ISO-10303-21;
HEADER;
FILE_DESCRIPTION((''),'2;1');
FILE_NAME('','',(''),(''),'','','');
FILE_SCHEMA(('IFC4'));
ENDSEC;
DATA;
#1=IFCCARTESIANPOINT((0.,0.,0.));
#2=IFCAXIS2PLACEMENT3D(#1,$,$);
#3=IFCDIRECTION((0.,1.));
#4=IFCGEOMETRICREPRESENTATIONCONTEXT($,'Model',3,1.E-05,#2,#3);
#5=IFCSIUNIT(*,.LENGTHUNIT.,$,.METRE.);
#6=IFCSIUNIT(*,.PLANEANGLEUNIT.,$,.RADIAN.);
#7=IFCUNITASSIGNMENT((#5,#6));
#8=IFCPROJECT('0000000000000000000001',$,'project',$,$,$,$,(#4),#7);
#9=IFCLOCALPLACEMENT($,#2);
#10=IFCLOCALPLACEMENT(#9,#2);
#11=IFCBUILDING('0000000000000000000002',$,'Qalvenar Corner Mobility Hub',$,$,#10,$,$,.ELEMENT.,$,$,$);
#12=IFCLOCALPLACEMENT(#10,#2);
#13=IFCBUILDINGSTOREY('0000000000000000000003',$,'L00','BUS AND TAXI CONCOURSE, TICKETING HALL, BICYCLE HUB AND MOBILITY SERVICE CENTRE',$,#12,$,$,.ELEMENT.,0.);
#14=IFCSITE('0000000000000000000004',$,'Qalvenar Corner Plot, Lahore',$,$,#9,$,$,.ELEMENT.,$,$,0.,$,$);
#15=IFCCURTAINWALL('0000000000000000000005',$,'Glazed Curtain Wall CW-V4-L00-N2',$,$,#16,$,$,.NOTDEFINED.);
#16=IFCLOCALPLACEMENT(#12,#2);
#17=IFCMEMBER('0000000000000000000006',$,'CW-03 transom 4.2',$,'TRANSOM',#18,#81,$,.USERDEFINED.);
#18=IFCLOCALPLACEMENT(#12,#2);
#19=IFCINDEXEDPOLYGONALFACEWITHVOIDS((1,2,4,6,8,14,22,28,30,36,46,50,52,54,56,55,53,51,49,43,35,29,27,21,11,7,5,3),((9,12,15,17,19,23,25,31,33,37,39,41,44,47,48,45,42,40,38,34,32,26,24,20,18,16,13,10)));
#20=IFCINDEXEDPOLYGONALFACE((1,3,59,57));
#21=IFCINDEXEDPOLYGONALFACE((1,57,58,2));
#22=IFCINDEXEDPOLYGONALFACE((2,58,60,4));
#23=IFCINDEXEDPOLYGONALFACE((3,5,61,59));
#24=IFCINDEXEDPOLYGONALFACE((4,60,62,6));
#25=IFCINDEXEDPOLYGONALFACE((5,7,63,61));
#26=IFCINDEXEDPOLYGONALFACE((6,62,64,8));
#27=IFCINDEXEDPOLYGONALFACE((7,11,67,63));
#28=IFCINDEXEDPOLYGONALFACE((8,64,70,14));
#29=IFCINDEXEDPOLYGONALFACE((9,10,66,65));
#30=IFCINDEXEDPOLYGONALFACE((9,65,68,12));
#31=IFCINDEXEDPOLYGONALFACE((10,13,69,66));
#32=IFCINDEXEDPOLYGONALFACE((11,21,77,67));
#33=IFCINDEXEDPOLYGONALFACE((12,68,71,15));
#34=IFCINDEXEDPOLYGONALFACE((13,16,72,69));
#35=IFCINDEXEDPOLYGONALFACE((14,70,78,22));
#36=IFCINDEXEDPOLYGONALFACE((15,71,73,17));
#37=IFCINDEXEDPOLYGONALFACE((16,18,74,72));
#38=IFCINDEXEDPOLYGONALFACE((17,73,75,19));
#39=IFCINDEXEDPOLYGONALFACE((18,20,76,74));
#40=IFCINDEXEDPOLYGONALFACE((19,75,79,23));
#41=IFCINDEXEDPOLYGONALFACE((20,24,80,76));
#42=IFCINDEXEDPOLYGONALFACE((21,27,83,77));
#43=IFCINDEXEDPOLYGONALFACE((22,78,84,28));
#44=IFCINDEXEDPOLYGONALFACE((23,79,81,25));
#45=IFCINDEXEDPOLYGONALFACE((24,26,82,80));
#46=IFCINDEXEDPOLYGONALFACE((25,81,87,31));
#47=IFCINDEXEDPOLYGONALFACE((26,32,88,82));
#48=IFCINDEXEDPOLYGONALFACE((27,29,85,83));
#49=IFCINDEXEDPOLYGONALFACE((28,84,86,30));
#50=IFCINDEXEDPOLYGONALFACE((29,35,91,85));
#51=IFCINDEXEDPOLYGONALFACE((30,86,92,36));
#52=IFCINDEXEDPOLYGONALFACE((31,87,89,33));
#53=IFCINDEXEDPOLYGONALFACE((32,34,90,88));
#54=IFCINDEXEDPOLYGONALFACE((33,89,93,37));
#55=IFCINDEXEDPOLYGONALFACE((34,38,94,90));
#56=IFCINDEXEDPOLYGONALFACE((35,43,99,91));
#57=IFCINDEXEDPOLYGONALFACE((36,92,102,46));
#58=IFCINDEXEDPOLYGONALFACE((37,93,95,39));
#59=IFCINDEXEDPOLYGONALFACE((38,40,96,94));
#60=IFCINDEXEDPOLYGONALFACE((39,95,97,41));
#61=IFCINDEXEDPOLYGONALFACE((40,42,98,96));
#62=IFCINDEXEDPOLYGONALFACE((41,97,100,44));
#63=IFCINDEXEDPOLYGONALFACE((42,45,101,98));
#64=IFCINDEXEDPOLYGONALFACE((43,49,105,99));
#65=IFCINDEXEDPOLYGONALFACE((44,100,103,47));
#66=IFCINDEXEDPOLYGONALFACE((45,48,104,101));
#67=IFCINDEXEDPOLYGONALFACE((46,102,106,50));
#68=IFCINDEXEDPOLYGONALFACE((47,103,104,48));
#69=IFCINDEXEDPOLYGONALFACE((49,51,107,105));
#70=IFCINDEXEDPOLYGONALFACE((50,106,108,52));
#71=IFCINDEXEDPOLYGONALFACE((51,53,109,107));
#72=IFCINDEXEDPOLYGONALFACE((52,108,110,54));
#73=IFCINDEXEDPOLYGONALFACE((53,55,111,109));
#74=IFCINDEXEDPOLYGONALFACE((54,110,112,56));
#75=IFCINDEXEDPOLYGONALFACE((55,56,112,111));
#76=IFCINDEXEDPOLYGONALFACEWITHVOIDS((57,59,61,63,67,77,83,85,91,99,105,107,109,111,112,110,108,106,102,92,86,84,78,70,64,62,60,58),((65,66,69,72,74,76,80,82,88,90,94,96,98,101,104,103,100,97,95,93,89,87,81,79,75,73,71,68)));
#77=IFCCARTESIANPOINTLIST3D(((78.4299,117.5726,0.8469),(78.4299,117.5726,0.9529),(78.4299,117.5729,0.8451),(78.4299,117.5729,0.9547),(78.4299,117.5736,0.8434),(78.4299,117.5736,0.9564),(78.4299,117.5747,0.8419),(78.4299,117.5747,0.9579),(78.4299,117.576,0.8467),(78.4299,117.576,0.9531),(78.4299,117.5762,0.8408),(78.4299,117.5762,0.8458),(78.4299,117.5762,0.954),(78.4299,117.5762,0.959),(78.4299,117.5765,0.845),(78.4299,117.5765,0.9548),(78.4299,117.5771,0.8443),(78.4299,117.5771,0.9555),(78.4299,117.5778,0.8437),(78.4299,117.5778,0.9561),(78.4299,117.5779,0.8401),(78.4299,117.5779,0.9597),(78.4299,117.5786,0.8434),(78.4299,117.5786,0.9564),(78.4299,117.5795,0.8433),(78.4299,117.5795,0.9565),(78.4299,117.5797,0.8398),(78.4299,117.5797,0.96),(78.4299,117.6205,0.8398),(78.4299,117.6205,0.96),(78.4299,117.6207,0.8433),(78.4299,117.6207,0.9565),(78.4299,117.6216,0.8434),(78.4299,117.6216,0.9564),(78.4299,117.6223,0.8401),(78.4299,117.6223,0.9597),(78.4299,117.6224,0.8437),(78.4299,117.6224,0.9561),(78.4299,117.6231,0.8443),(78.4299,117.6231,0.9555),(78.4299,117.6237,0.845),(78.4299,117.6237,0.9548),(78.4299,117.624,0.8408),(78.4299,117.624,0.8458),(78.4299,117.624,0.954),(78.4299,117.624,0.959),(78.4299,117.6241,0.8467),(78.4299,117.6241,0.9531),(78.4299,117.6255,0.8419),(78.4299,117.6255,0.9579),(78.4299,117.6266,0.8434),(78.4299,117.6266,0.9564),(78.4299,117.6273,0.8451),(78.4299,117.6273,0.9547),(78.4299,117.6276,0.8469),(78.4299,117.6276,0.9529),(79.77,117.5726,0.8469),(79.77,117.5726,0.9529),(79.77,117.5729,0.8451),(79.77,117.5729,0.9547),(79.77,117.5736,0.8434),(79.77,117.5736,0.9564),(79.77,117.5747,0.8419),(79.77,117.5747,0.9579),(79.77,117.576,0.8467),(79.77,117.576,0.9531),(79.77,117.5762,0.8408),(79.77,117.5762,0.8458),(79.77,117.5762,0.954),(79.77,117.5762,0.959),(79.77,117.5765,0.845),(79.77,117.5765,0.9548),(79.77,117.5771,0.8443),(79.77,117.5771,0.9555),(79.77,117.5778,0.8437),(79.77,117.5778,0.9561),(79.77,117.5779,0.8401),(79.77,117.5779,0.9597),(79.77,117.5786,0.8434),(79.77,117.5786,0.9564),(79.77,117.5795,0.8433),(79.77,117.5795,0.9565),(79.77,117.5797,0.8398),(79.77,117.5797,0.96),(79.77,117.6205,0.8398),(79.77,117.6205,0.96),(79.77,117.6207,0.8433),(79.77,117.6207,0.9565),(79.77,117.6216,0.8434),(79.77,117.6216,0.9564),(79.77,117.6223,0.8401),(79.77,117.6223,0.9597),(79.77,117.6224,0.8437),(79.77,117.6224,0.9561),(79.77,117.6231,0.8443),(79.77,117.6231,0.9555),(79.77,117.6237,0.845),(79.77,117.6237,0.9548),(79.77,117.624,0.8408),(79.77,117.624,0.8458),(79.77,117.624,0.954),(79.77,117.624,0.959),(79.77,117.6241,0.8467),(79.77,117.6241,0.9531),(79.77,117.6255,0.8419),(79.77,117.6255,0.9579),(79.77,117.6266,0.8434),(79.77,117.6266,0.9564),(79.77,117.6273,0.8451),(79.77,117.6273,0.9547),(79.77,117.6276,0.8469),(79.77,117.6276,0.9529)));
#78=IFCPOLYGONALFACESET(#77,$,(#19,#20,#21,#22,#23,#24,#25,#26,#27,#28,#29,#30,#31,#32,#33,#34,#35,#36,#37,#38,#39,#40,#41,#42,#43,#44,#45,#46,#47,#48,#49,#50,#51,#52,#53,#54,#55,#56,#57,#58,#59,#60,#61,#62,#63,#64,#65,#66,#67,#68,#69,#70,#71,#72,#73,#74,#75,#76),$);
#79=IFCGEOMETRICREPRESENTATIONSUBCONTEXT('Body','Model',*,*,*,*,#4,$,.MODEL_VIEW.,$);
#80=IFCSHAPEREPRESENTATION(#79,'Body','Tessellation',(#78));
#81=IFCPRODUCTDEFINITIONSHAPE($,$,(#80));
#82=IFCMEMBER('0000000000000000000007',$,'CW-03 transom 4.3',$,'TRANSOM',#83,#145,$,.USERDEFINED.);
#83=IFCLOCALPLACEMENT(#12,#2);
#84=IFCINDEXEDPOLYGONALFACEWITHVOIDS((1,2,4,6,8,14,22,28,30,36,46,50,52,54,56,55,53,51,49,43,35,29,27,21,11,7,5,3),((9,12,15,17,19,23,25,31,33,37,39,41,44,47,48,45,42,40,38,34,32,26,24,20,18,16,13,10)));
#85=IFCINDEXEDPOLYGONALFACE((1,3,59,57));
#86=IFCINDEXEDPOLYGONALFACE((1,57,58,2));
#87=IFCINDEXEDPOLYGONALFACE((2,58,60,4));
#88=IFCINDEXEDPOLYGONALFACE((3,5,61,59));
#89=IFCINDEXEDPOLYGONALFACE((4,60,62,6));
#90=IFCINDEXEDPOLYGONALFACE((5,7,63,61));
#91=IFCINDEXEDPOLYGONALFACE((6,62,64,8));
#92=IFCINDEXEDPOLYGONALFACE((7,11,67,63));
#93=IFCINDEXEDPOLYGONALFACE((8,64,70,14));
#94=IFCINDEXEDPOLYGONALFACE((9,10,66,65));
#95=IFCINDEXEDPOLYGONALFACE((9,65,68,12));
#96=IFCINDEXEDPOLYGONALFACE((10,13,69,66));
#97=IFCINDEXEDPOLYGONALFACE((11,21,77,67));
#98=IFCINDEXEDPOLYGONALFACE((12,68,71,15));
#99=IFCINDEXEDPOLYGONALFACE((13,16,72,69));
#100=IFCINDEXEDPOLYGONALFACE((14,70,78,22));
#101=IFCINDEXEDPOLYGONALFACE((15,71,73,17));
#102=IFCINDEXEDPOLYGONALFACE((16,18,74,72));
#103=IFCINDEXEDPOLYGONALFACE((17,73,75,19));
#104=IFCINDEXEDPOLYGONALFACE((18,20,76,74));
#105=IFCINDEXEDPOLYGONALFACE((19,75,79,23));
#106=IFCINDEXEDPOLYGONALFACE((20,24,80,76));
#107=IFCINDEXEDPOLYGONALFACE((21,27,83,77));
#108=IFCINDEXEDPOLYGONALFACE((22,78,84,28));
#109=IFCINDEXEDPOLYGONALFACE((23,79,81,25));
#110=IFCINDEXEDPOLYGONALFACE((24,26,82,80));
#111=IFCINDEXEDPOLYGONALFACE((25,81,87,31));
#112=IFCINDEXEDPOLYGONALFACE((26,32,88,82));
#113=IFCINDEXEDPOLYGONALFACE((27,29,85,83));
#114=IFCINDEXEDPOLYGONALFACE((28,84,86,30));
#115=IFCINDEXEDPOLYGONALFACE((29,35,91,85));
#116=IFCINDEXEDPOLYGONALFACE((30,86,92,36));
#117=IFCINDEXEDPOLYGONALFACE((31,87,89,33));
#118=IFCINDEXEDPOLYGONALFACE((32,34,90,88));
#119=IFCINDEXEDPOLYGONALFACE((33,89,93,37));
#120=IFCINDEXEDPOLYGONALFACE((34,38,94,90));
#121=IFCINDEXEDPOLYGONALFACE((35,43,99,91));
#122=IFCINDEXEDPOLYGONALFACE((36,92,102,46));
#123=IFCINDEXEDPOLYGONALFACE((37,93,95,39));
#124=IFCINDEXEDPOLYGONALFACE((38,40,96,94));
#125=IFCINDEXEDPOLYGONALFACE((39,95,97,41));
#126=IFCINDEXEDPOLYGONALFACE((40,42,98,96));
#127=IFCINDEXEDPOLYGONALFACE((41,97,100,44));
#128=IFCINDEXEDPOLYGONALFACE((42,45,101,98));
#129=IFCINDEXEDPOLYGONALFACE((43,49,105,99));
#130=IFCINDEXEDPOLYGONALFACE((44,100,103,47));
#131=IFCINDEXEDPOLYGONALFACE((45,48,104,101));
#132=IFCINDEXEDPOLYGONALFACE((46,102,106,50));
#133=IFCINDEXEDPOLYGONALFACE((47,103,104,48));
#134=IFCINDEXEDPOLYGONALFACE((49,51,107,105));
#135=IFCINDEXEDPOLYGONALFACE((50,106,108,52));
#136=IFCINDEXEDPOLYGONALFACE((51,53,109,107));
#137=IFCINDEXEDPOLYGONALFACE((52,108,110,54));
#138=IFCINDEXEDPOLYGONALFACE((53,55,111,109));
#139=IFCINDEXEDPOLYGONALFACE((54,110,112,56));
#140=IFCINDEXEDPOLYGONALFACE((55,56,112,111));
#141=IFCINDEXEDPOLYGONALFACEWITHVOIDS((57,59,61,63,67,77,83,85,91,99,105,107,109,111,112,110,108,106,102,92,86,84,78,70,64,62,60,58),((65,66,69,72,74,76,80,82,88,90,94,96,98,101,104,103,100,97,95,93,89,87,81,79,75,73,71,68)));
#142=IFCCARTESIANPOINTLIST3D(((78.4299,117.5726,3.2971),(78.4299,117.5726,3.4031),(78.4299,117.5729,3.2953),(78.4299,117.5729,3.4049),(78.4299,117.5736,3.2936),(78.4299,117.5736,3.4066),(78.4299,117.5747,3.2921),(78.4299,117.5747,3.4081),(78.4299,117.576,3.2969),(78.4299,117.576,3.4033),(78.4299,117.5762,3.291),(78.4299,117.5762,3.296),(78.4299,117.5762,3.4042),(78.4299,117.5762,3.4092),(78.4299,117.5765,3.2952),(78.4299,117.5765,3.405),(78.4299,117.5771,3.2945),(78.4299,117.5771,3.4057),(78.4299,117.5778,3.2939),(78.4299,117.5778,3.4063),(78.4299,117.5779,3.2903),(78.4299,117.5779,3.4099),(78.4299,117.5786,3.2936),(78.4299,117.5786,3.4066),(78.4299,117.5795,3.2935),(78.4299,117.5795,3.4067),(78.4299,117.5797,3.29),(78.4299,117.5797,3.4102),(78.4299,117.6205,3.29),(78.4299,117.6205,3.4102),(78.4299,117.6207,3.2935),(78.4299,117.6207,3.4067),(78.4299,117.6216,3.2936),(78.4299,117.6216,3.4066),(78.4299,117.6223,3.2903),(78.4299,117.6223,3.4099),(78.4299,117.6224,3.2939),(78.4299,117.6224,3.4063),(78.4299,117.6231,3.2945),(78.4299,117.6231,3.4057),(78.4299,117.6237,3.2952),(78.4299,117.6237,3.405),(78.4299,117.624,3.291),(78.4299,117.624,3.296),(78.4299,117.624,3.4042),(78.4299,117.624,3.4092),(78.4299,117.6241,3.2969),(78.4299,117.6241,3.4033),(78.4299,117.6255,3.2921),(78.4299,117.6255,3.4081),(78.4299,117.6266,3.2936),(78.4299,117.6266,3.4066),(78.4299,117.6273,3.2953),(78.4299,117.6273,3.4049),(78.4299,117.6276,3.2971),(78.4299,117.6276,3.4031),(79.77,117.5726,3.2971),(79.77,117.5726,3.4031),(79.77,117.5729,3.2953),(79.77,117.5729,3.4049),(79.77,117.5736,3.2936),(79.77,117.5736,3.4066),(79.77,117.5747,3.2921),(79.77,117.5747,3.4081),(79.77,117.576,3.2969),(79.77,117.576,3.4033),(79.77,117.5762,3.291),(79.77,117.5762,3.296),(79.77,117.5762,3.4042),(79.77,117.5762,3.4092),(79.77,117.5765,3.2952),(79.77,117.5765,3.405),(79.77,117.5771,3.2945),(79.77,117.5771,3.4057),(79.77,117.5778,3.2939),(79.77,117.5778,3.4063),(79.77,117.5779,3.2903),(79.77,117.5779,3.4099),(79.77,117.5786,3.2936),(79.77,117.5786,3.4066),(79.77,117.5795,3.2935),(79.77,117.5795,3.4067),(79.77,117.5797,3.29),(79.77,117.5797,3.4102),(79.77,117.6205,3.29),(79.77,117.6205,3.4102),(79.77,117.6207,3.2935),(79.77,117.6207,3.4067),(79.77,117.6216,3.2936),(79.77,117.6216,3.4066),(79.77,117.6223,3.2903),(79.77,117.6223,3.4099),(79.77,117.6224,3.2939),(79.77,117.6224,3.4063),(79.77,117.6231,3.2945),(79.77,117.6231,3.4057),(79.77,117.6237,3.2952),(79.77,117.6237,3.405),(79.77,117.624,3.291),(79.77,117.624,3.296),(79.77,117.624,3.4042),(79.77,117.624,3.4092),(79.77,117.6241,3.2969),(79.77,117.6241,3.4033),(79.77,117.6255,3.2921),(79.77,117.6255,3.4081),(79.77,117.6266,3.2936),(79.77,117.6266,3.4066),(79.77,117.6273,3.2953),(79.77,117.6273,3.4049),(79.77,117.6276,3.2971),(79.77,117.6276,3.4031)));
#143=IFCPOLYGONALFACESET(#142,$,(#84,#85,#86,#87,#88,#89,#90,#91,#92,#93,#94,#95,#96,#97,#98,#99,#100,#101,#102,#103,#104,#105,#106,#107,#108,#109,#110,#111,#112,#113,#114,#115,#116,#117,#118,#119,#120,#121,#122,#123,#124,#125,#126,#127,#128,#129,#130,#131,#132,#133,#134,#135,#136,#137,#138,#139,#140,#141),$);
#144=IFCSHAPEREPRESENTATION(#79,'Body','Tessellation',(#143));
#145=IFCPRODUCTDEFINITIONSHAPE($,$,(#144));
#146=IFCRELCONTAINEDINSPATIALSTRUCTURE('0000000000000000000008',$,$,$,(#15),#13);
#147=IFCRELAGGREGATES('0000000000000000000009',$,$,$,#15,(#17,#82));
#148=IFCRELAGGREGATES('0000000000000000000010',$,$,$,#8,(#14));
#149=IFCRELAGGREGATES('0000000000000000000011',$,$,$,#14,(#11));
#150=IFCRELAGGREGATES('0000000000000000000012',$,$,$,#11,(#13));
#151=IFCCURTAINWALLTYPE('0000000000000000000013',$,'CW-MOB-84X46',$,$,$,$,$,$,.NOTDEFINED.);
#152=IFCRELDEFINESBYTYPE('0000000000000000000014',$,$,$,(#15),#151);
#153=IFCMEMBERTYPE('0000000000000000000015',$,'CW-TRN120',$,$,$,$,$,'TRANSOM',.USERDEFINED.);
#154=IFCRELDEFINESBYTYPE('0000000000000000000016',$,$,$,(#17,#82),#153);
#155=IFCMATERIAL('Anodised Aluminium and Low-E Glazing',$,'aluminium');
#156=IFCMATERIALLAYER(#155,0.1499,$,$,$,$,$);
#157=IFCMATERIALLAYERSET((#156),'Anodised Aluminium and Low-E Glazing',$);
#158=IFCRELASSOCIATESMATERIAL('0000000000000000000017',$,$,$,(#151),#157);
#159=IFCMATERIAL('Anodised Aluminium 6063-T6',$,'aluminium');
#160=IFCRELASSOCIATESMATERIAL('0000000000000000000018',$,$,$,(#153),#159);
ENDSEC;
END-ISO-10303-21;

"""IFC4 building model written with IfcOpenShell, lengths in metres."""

from ifc_helpers import new_model, si_unit, direction, frame, origin, origin_2d, place, context, subcontext, project, spatial, hollow_rectangle, extrude, material, layer, layer_set, material_profile, profile_set, type_object, element, aggregate, save


model = new_model("IFC4")

# Units and contexts
model_context = context("Model", 3, precision=1e-05, world=origin(), true_north=direction((0.0, 1.0)))
body_context = subcontext(model_context, "Body", "Model", "MODEL_VIEW")
ifc_project = project(units=[si_unit("LENGTHUNIT", "METRE"), si_unit("PLANEANGLEUNIT", "RADIAN")], contexts=[model_context])

# Site, building, storey
site_placement = place(None, origin())
site = spatial("IfcSite", under=ifc_project, at=site_placement, Name="Qalvenar Corner Plot, Lahore", CompositionType="ELEMENT", RefElevation=0.0)
building_placement = place(site_placement, origin())
building = spatial("IfcBuilding", under=site, at=building_placement, Name="Qalvenar Corner Mobility Hub", CompositionType="ELEMENT")
storey_placement = place(building_placement, origin())
storey = spatial("IfcBuildingStorey", under=building, at=storey_placement, Name="L00", Description="BUS AND TAXI CONCOURSE, TICKETING HALL, BICYCLE HUB AND MOBILITY SERVICE CENTRE", CompositionType="ELEMENT", Elevation=0.0)

# Curtain wall, members
ifc_material_1 = material(Name="Anodised Aluminium and Low-E Glazing", Category="aluminium")
ifc_layer_1 = layer(ifc_material_1, 0.1499)
ifc_layer_set_1 = layer_set([ifc_layer_1], Name="Anodised Aluminium and Low-E Glazing")
curtain_wall_type = type_object("IfcCurtainWallType", Name="CW-MOB-84X46", PredefinedType="NOTDEFINED", material=ifc_layer_set_1)
curtain_wall_placement = place(storey_placement, origin())
curtain_wall = element("IfcCurtainWall", 1, at=curtain_wall_placement, inside=storey, type_object=curtain_wall_type, Name="Glazed Curtain Wall CW-V4-L00-N2", PredefinedType="NOTDEFINED")
ifc_material_2 = material(Name="Anodised Aluminium 6063-T6", Category="aluminium")
ifc_material_profile_1 = material_profile(ifc_material_2, hollow_rectangle(XDim=0.0549, YDim=0.1201, WallThickness=0.0034, InnerFilletRadius=0.0034, OuterFilletRadius=0.0071, at=origin_2d()), Name="RHS120x55x3.5")
ifc_profile_set_1 = profile_set([ifc_material_profile_1], Name="Anodised Aluminium 6063-T6")
member_type_1 = type_object("IfcMemberType", Name="CW-TRN120", ElementType="TRANSOM", PredefinedType="USERDEFINED", material=ifc_profile_set_1)
member_1_placement = place(storey_placement, frame((79.77, 117.6001, 0.8999), z_axis=(-1.0, 0.0, 0.0), x_axis=(0.0, -1.0, 0.0)))
member_1 = element("IfcMember", 2, at=member_1_placement, type_object=member_type_1, Name="CW-03 transom 4.2", ObjectType="TRANSOM", PredefinedType="USERDEFINED", context=body_context, shape_type="SweptSolid", body=[
    extrude(hollow_rectangle(XDim=0.0549, YDim=0.1201, WallThickness=0.0034, InnerFilletRadius=0.0034, OuterFilletRadius=0.0071, at=origin_2d()), origin(), (0.0, 0.0, 1.0), 1.3401),
])
member_2_placement = place(storey_placement, frame((79.77, 117.6001, 3.3501), z_axis=(-1.0, 0.0, 0.0), x_axis=(0.0, -1.0, 0.0)))
member_2 = element("IfcMember", 3, at=member_2_placement, type_object=member_type_1, Name="CW-03 transom 4.3", ObjectType="TRANSOM", PredefinedType="USERDEFINED", context=body_context, shape_type="SweptSolid", body=[
    extrude(hollow_rectangle(XDim=0.0549, YDim=0.1201, WallThickness=0.0034, InnerFilletRadius=0.0034, OuterFilletRadius=0.0071, at=origin_2d()), origin(), (0.0, 0.0, 1.0), 1.3401),
])
aggregate(curtain_wall, [member_1, member_2])

save(model, "model.ifc")
